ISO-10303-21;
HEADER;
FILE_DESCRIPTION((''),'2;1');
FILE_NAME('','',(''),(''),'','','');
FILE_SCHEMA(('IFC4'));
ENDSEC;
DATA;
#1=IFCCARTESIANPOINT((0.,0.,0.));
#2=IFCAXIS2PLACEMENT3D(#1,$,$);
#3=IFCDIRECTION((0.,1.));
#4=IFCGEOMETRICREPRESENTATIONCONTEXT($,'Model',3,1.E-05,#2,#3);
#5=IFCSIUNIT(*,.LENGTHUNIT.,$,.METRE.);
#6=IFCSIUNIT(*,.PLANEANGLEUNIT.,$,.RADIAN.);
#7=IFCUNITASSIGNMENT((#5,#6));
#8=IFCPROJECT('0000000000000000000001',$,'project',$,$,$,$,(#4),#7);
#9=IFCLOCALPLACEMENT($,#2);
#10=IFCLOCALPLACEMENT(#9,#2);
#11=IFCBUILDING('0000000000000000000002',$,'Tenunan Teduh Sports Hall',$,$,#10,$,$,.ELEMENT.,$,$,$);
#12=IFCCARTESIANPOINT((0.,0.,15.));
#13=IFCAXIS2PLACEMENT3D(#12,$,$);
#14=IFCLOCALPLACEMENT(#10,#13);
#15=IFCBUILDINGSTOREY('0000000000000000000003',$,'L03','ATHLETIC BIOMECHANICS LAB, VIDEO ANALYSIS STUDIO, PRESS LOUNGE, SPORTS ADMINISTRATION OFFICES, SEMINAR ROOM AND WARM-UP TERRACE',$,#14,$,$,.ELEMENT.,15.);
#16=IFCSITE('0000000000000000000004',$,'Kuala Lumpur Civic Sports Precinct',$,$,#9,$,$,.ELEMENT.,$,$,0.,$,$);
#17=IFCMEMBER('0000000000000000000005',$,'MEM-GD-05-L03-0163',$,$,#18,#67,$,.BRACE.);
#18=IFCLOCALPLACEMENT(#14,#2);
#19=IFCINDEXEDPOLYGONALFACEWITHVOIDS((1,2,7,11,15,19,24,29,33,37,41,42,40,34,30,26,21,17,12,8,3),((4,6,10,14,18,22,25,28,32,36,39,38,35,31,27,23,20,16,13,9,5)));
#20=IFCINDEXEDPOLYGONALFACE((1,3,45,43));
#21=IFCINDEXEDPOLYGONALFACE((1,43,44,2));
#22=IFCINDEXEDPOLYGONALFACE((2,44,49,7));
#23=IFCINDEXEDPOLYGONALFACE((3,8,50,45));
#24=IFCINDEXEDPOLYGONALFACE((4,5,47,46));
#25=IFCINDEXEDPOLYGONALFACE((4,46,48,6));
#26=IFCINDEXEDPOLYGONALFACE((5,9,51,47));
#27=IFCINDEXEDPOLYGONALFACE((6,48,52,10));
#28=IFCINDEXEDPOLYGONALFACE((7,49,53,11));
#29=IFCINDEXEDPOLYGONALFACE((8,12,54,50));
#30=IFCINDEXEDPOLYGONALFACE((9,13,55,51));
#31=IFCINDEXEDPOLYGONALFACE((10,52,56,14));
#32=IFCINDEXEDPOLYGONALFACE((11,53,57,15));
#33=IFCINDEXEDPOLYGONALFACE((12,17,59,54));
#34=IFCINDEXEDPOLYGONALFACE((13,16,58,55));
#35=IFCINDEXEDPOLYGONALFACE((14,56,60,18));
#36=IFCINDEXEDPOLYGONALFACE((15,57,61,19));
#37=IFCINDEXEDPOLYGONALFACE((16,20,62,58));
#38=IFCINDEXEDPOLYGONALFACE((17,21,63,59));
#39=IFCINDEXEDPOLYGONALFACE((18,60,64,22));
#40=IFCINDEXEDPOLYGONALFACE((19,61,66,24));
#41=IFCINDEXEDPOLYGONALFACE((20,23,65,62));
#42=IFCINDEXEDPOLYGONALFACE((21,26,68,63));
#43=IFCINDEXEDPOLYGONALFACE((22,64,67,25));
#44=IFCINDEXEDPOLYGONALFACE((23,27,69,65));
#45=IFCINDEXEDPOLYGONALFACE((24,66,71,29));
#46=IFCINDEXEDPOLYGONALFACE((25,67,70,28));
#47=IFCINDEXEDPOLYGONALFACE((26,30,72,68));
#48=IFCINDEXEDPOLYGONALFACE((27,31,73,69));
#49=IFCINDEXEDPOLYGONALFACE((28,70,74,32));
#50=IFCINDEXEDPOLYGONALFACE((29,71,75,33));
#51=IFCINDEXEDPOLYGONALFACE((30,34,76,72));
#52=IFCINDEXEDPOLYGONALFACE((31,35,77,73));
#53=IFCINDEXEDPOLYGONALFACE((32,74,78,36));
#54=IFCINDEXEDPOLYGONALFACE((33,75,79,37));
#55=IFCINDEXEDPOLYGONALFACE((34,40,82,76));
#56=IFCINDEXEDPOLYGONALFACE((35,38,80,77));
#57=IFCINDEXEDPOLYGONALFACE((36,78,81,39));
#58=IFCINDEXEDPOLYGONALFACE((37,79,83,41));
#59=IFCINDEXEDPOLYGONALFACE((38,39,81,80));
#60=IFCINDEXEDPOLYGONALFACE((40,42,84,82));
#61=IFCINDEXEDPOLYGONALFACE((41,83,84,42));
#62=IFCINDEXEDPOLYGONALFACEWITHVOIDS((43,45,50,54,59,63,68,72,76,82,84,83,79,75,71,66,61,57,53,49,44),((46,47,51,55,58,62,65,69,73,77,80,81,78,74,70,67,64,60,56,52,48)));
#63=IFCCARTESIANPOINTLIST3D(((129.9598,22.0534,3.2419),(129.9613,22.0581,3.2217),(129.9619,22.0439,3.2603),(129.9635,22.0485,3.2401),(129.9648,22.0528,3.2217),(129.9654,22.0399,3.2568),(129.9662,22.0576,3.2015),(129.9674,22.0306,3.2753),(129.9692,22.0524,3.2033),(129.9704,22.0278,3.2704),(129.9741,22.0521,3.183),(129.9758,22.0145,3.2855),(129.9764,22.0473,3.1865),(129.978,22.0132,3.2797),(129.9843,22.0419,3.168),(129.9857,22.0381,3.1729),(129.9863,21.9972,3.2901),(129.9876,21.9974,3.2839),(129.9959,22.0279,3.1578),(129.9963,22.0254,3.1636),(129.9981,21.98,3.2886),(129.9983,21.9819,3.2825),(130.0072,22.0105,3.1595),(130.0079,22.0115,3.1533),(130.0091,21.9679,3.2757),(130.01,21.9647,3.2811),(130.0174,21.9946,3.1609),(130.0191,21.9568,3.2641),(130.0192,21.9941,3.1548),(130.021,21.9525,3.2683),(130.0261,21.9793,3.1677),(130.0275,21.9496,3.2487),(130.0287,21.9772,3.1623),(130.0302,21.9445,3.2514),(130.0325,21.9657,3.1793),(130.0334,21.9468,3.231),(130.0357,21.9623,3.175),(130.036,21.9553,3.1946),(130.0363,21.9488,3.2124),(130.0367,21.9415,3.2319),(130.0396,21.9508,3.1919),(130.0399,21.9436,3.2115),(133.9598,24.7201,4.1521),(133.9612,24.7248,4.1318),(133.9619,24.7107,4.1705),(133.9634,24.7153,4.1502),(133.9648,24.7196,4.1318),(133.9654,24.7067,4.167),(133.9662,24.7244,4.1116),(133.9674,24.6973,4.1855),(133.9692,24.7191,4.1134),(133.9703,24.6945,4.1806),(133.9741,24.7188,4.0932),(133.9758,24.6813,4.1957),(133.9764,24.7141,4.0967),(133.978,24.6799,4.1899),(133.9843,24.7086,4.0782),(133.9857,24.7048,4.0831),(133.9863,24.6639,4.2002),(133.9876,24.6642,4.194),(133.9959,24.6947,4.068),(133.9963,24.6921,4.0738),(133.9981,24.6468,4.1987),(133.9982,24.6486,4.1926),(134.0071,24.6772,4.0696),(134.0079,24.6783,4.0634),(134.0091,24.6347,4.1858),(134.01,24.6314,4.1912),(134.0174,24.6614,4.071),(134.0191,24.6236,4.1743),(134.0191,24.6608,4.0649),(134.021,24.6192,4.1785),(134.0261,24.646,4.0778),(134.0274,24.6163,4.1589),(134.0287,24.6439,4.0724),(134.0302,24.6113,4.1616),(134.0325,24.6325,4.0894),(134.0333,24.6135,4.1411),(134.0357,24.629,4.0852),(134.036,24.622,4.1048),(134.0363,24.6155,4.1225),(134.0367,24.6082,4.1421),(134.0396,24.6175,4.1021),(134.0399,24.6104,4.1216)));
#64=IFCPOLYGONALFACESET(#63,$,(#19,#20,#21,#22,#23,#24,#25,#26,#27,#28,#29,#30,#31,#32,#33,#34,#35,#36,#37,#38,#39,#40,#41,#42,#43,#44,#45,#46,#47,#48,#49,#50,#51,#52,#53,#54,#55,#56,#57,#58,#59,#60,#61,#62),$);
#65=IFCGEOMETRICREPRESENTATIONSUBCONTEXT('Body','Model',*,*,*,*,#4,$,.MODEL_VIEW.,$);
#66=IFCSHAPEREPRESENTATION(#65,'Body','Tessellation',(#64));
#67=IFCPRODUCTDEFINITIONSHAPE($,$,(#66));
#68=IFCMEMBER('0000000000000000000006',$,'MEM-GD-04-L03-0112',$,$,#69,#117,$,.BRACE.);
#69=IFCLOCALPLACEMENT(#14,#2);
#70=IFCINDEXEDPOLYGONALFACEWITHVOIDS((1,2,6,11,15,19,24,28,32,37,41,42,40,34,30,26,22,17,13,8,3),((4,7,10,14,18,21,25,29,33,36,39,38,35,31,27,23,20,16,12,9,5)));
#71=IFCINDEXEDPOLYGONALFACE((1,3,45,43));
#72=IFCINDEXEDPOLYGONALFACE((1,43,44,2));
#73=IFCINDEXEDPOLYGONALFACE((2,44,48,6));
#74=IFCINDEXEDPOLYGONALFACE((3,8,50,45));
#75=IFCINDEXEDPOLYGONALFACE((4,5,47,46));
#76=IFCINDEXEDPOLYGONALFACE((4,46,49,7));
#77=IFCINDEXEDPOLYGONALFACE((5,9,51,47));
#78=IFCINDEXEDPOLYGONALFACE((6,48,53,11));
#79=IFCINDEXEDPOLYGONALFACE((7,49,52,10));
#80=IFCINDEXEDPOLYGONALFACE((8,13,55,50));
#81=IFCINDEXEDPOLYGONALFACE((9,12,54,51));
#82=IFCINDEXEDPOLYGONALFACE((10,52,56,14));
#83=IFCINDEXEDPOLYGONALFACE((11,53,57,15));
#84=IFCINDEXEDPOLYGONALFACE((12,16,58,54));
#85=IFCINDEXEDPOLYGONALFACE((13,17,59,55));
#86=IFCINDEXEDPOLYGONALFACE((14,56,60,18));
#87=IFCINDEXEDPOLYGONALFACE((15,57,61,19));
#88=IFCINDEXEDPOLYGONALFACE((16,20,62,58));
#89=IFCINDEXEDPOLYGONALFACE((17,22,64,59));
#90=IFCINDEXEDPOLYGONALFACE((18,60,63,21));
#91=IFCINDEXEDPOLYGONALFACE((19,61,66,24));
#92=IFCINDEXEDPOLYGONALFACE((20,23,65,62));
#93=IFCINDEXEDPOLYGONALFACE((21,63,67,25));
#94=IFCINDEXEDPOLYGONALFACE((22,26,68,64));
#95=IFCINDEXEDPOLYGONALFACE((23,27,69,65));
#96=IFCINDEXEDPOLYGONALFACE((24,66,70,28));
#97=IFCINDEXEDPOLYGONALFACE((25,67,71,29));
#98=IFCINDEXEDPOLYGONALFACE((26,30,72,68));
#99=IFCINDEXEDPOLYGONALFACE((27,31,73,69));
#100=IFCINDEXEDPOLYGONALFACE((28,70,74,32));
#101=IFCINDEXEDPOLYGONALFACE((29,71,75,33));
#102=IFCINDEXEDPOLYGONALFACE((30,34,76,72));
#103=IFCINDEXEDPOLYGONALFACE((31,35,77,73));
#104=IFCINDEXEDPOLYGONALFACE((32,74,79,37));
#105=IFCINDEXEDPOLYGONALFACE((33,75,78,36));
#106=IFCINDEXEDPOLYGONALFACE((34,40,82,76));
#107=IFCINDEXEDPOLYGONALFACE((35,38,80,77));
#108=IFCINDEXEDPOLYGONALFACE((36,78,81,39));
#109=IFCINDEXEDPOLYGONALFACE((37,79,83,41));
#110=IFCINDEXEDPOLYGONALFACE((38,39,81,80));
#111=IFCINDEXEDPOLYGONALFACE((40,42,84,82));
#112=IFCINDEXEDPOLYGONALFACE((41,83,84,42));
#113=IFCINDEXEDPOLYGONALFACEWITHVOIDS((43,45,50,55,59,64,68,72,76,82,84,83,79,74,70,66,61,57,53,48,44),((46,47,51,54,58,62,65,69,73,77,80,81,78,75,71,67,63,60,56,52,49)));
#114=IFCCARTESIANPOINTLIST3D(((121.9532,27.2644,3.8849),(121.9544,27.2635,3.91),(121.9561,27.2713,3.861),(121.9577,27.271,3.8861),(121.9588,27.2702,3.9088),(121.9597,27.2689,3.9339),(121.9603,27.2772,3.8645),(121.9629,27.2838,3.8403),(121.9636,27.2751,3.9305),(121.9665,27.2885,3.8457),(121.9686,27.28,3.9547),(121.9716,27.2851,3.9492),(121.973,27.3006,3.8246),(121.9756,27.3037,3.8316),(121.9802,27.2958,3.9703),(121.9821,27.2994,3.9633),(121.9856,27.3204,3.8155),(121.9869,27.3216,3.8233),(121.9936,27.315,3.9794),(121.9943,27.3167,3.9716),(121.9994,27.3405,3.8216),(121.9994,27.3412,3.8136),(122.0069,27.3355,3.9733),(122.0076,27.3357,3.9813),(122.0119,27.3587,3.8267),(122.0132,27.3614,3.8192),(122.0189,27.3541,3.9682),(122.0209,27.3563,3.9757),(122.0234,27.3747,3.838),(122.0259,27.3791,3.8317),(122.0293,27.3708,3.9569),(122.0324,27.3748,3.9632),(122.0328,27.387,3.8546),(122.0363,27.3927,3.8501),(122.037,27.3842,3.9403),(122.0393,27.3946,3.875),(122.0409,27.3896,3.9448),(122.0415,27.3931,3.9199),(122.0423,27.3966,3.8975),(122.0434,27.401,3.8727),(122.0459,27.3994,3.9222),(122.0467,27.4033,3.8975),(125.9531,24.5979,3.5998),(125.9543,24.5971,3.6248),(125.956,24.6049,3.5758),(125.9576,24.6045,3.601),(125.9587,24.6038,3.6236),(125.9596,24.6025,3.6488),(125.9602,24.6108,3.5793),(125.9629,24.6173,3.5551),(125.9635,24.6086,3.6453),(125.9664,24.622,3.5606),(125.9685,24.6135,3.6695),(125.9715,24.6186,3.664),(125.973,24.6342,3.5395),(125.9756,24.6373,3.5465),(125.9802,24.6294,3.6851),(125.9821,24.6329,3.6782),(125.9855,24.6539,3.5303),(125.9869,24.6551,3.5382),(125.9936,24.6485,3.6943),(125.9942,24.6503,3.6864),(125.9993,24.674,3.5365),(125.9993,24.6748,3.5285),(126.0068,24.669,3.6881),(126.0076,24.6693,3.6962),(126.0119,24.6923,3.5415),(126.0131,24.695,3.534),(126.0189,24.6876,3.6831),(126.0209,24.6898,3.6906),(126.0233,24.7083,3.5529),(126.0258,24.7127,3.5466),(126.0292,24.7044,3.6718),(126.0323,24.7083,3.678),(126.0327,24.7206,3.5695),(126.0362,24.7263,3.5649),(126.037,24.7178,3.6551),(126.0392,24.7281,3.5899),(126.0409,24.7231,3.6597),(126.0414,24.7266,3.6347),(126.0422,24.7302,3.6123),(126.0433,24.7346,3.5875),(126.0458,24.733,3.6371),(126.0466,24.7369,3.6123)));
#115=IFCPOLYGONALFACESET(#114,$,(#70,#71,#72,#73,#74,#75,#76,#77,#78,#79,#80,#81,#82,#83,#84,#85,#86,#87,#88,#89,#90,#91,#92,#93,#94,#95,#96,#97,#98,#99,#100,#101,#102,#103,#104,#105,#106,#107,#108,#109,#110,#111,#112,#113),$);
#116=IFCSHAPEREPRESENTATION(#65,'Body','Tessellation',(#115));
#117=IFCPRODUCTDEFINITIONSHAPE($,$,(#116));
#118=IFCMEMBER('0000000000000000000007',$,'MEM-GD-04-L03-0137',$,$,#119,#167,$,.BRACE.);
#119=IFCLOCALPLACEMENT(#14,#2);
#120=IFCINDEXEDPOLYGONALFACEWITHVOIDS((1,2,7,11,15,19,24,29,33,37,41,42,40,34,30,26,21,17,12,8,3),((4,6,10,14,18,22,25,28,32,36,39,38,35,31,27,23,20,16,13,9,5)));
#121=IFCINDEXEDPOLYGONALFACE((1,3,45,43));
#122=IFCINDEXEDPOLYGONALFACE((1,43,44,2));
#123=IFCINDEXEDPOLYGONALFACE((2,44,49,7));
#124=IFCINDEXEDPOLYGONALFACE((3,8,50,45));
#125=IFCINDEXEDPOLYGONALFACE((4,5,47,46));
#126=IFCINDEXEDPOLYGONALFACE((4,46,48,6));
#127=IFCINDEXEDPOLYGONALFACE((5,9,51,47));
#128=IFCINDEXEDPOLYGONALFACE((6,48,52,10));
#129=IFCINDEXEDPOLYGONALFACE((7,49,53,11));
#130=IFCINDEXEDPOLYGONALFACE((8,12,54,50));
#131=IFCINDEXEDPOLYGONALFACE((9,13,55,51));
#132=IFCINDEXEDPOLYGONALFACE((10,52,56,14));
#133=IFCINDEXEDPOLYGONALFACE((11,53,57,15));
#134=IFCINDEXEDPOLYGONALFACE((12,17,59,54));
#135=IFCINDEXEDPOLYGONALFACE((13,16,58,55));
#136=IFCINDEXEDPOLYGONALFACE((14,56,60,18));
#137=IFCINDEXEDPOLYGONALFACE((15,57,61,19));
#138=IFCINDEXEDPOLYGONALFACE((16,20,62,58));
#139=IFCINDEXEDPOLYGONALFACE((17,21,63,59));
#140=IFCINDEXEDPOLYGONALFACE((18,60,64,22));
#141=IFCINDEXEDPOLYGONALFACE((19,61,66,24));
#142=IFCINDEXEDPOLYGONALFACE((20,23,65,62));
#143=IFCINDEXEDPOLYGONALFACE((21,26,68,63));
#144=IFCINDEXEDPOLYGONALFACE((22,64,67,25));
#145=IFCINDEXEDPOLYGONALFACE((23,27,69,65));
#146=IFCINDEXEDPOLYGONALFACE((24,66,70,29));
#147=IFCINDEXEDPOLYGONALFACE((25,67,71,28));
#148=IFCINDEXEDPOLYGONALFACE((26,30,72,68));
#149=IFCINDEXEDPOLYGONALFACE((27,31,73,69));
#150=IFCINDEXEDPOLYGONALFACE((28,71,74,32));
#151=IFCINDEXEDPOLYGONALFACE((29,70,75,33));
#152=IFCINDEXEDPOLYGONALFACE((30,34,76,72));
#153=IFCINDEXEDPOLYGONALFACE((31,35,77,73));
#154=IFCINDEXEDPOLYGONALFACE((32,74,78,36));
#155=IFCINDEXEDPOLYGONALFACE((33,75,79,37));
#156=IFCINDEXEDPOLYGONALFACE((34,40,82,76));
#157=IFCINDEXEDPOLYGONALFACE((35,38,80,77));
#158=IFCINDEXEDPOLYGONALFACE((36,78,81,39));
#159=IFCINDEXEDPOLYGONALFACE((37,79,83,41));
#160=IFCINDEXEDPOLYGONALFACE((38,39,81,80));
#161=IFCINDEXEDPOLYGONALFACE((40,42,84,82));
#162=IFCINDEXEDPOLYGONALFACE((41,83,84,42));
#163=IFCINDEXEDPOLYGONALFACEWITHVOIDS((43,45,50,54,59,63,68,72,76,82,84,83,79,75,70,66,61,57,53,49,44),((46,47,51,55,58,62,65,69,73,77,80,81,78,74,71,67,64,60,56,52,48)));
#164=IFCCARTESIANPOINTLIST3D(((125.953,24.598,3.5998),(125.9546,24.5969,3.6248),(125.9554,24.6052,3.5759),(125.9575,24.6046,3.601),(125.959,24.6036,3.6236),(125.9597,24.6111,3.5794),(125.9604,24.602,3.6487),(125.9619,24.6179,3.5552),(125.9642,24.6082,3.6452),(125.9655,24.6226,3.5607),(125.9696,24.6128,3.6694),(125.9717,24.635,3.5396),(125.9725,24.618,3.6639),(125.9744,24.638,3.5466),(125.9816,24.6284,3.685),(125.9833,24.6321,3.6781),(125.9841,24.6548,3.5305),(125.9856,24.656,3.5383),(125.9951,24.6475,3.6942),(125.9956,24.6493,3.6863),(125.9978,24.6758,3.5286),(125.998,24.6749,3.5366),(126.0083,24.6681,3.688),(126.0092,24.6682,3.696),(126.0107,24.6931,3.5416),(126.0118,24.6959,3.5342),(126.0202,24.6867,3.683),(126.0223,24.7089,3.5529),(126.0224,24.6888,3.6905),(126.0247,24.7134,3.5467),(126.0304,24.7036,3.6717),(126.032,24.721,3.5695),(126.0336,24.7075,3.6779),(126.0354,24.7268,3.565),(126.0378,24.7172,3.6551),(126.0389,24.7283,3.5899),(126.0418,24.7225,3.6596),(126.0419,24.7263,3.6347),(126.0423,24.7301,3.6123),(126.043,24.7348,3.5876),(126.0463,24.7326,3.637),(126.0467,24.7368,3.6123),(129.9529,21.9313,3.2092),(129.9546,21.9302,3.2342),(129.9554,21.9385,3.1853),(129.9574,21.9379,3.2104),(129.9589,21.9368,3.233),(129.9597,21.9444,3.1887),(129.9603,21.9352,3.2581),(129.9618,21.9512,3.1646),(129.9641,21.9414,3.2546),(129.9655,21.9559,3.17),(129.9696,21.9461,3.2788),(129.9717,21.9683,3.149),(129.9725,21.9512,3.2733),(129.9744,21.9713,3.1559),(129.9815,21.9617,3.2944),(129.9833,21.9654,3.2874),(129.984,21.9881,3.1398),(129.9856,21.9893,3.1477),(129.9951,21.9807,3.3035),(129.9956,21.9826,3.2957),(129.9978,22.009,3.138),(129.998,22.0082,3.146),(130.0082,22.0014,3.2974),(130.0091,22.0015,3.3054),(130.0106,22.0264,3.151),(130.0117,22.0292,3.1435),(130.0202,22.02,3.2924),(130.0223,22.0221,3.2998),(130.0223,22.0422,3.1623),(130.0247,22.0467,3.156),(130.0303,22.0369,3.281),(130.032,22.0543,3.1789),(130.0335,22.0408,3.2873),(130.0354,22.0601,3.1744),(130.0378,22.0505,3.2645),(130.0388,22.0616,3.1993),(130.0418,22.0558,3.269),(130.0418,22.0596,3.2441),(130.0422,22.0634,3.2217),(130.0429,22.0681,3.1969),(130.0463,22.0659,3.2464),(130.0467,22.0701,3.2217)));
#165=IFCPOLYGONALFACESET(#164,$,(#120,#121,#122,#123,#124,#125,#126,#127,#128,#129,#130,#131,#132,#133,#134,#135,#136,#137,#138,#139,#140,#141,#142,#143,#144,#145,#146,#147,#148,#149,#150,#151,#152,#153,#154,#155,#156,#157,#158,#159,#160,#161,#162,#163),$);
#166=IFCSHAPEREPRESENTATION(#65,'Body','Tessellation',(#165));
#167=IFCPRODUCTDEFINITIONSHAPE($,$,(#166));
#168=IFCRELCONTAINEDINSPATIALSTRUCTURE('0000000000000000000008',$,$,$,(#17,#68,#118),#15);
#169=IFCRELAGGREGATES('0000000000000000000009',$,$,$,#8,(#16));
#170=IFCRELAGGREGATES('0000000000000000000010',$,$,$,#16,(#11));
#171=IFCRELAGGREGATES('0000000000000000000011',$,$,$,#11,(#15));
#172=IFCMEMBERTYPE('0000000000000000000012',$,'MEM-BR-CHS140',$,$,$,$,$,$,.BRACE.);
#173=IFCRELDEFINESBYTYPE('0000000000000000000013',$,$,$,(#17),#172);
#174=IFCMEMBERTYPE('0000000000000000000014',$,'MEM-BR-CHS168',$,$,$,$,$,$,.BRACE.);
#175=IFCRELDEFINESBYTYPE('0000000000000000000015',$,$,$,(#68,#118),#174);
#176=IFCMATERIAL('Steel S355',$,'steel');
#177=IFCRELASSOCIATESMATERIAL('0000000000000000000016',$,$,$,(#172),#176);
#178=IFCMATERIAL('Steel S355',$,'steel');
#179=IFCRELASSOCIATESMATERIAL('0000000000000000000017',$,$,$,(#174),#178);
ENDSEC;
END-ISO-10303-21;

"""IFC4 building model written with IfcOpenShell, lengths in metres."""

from ifc_helpers import new_model, si_unit, direction, frame, origin, origin_2d, place, context, subcontext, project, spatial, hollow_circle, extrude, material, material_profile, profile_set, type_object, element, save


model = new_model("IFC4")

# Units and contexts
model_context = context("Model", 3, precision=1e-05, world=origin(), true_north=direction((0.0, 1.0)))
body_context = subcontext(model_context, "Body", "Model", "MODEL_VIEW")
ifc_project = project(units=[si_unit("LENGTHUNIT", "METRE"), si_unit("PLANEANGLEUNIT", "RADIAN")], contexts=[model_context])

# Site, building, storey
site_placement = place(None, origin())
site = spatial("IfcSite", under=ifc_project, at=site_placement, Name="Kuala Lumpur Civic Sports Precinct", CompositionType="ELEMENT", RefElevation=0.0)
building_placement = place(site_placement, origin())
building = spatial("IfcBuilding", under=site, at=building_placement, Name="Tenunan Teduh Sports Hall", CompositionType="ELEMENT")
storey_placement = place(building_placement, frame((0.0, 0.0, 15.0)))
storey = spatial("IfcBuildingStorey", under=building, at=storey_placement, Name="L03", Description="ATHLETIC BIOMECHANICS LAB, VIDEO ANALYSIS STUDIO, PRESS LOUNGE, SPORTS ADMINISTRATION OFFICES, SEMINAR ROOM AND WARM-UP TERRACE", CompositionType="ELEMENT", Elevation=15.0)

# Members
ifc_material_1 = material(Name="Steel S355", Category="steel")
ifc_material_profile_1 = material_profile(ifc_material_1, hollow_circle(Radius=0.0698, WallThickness=0.0063, at=origin_2d()), Name="CHS 139.7x6.3")
ifc_profile_set_1 = profile_set([ifc_material_profile_1], Name="Steel S355")
member_type_1 = type_object("IfcMemberType", Name="MEM-BR-CHS140", PredefinedType="BRACE", material=ifc_profile_set_1)
member_1_placement = place(storey_placement, frame((130.0, 22.0, 3.2217), z_axis=(0.81752, 0.54503, 0.186018), x_axis=(-0.554712, 0.832042, 0.0)))
element("IfcMember", 1, at=member_1_placement, inside=storey, type_object=member_type_1, Name="MEM-GD-05-L03-0163", PredefinedType="BRACE", context=body_context, shape_type="SweptSolid", body=[
    extrude(hollow_circle(Radius=0.0698, WallThickness=0.0063, at=origin_2d()), origin(), (0.0, 0.0, 1.0), 4.8928),
])
ifc_material_2 = material(Name="Steel S355", Category="steel")
ifc_material_profile_2 = material_profile(ifc_material_2, hollow_circle(Radius=0.0842, WallThickness=0.0081, at=origin_2d()), Name="CHS 168.3x8.0")
ifc_profile_set_2 = profile_set([ifc_material_profile_2], Name="Steel S355")
member_type_2 = type_object("IfcMemberType", Name="MEM-BR-CHS168", PredefinedType="BRACE", material=ifc_profile_set_2)
member_2_placement = place(storey_placement, frame((122.0, 27.3333, 3.8975), z_axis=(0.830606, -0.553704, -0.059213), x_axis=(0.554677, 0.832066, 0.0)))
element("IfcMember", 2, at=member_2_placement, inside=storey, type_object=member_type_2, Name="MEM-GD-04-L03-0112", PredefinedType="BRACE", context=body_context, shape_type="SweptSolid", body=[
    extrude(hollow_circle(Radius=0.0842, WallThickness=0.0081, at=origin_2d()), origin(), (0.0, 0.0, 1.0), 4.8157),
])
member_3_placement = place(storey_placement, frame((126.0, 24.6667, 3.6123), z_axis=(0.829309, -0.55289, -0.080987), x_axis=(0.554712, 0.832042, 0.0)))
element("IfcMember", 3, at=member_3_placement, inside=storey, type_object=member_type_2, Name="MEM-GD-04-L03-0137", PredefinedType="BRACE", context=body_context, shape_type="SweptSolid", body=[
    extrude(hollow_circle(Radius=0.0842, WallThickness=0.0081, at=origin_2d()), origin(), (0.0, 0.0, 1.0), 4.8232),
])

save(model, "model.ifc")
